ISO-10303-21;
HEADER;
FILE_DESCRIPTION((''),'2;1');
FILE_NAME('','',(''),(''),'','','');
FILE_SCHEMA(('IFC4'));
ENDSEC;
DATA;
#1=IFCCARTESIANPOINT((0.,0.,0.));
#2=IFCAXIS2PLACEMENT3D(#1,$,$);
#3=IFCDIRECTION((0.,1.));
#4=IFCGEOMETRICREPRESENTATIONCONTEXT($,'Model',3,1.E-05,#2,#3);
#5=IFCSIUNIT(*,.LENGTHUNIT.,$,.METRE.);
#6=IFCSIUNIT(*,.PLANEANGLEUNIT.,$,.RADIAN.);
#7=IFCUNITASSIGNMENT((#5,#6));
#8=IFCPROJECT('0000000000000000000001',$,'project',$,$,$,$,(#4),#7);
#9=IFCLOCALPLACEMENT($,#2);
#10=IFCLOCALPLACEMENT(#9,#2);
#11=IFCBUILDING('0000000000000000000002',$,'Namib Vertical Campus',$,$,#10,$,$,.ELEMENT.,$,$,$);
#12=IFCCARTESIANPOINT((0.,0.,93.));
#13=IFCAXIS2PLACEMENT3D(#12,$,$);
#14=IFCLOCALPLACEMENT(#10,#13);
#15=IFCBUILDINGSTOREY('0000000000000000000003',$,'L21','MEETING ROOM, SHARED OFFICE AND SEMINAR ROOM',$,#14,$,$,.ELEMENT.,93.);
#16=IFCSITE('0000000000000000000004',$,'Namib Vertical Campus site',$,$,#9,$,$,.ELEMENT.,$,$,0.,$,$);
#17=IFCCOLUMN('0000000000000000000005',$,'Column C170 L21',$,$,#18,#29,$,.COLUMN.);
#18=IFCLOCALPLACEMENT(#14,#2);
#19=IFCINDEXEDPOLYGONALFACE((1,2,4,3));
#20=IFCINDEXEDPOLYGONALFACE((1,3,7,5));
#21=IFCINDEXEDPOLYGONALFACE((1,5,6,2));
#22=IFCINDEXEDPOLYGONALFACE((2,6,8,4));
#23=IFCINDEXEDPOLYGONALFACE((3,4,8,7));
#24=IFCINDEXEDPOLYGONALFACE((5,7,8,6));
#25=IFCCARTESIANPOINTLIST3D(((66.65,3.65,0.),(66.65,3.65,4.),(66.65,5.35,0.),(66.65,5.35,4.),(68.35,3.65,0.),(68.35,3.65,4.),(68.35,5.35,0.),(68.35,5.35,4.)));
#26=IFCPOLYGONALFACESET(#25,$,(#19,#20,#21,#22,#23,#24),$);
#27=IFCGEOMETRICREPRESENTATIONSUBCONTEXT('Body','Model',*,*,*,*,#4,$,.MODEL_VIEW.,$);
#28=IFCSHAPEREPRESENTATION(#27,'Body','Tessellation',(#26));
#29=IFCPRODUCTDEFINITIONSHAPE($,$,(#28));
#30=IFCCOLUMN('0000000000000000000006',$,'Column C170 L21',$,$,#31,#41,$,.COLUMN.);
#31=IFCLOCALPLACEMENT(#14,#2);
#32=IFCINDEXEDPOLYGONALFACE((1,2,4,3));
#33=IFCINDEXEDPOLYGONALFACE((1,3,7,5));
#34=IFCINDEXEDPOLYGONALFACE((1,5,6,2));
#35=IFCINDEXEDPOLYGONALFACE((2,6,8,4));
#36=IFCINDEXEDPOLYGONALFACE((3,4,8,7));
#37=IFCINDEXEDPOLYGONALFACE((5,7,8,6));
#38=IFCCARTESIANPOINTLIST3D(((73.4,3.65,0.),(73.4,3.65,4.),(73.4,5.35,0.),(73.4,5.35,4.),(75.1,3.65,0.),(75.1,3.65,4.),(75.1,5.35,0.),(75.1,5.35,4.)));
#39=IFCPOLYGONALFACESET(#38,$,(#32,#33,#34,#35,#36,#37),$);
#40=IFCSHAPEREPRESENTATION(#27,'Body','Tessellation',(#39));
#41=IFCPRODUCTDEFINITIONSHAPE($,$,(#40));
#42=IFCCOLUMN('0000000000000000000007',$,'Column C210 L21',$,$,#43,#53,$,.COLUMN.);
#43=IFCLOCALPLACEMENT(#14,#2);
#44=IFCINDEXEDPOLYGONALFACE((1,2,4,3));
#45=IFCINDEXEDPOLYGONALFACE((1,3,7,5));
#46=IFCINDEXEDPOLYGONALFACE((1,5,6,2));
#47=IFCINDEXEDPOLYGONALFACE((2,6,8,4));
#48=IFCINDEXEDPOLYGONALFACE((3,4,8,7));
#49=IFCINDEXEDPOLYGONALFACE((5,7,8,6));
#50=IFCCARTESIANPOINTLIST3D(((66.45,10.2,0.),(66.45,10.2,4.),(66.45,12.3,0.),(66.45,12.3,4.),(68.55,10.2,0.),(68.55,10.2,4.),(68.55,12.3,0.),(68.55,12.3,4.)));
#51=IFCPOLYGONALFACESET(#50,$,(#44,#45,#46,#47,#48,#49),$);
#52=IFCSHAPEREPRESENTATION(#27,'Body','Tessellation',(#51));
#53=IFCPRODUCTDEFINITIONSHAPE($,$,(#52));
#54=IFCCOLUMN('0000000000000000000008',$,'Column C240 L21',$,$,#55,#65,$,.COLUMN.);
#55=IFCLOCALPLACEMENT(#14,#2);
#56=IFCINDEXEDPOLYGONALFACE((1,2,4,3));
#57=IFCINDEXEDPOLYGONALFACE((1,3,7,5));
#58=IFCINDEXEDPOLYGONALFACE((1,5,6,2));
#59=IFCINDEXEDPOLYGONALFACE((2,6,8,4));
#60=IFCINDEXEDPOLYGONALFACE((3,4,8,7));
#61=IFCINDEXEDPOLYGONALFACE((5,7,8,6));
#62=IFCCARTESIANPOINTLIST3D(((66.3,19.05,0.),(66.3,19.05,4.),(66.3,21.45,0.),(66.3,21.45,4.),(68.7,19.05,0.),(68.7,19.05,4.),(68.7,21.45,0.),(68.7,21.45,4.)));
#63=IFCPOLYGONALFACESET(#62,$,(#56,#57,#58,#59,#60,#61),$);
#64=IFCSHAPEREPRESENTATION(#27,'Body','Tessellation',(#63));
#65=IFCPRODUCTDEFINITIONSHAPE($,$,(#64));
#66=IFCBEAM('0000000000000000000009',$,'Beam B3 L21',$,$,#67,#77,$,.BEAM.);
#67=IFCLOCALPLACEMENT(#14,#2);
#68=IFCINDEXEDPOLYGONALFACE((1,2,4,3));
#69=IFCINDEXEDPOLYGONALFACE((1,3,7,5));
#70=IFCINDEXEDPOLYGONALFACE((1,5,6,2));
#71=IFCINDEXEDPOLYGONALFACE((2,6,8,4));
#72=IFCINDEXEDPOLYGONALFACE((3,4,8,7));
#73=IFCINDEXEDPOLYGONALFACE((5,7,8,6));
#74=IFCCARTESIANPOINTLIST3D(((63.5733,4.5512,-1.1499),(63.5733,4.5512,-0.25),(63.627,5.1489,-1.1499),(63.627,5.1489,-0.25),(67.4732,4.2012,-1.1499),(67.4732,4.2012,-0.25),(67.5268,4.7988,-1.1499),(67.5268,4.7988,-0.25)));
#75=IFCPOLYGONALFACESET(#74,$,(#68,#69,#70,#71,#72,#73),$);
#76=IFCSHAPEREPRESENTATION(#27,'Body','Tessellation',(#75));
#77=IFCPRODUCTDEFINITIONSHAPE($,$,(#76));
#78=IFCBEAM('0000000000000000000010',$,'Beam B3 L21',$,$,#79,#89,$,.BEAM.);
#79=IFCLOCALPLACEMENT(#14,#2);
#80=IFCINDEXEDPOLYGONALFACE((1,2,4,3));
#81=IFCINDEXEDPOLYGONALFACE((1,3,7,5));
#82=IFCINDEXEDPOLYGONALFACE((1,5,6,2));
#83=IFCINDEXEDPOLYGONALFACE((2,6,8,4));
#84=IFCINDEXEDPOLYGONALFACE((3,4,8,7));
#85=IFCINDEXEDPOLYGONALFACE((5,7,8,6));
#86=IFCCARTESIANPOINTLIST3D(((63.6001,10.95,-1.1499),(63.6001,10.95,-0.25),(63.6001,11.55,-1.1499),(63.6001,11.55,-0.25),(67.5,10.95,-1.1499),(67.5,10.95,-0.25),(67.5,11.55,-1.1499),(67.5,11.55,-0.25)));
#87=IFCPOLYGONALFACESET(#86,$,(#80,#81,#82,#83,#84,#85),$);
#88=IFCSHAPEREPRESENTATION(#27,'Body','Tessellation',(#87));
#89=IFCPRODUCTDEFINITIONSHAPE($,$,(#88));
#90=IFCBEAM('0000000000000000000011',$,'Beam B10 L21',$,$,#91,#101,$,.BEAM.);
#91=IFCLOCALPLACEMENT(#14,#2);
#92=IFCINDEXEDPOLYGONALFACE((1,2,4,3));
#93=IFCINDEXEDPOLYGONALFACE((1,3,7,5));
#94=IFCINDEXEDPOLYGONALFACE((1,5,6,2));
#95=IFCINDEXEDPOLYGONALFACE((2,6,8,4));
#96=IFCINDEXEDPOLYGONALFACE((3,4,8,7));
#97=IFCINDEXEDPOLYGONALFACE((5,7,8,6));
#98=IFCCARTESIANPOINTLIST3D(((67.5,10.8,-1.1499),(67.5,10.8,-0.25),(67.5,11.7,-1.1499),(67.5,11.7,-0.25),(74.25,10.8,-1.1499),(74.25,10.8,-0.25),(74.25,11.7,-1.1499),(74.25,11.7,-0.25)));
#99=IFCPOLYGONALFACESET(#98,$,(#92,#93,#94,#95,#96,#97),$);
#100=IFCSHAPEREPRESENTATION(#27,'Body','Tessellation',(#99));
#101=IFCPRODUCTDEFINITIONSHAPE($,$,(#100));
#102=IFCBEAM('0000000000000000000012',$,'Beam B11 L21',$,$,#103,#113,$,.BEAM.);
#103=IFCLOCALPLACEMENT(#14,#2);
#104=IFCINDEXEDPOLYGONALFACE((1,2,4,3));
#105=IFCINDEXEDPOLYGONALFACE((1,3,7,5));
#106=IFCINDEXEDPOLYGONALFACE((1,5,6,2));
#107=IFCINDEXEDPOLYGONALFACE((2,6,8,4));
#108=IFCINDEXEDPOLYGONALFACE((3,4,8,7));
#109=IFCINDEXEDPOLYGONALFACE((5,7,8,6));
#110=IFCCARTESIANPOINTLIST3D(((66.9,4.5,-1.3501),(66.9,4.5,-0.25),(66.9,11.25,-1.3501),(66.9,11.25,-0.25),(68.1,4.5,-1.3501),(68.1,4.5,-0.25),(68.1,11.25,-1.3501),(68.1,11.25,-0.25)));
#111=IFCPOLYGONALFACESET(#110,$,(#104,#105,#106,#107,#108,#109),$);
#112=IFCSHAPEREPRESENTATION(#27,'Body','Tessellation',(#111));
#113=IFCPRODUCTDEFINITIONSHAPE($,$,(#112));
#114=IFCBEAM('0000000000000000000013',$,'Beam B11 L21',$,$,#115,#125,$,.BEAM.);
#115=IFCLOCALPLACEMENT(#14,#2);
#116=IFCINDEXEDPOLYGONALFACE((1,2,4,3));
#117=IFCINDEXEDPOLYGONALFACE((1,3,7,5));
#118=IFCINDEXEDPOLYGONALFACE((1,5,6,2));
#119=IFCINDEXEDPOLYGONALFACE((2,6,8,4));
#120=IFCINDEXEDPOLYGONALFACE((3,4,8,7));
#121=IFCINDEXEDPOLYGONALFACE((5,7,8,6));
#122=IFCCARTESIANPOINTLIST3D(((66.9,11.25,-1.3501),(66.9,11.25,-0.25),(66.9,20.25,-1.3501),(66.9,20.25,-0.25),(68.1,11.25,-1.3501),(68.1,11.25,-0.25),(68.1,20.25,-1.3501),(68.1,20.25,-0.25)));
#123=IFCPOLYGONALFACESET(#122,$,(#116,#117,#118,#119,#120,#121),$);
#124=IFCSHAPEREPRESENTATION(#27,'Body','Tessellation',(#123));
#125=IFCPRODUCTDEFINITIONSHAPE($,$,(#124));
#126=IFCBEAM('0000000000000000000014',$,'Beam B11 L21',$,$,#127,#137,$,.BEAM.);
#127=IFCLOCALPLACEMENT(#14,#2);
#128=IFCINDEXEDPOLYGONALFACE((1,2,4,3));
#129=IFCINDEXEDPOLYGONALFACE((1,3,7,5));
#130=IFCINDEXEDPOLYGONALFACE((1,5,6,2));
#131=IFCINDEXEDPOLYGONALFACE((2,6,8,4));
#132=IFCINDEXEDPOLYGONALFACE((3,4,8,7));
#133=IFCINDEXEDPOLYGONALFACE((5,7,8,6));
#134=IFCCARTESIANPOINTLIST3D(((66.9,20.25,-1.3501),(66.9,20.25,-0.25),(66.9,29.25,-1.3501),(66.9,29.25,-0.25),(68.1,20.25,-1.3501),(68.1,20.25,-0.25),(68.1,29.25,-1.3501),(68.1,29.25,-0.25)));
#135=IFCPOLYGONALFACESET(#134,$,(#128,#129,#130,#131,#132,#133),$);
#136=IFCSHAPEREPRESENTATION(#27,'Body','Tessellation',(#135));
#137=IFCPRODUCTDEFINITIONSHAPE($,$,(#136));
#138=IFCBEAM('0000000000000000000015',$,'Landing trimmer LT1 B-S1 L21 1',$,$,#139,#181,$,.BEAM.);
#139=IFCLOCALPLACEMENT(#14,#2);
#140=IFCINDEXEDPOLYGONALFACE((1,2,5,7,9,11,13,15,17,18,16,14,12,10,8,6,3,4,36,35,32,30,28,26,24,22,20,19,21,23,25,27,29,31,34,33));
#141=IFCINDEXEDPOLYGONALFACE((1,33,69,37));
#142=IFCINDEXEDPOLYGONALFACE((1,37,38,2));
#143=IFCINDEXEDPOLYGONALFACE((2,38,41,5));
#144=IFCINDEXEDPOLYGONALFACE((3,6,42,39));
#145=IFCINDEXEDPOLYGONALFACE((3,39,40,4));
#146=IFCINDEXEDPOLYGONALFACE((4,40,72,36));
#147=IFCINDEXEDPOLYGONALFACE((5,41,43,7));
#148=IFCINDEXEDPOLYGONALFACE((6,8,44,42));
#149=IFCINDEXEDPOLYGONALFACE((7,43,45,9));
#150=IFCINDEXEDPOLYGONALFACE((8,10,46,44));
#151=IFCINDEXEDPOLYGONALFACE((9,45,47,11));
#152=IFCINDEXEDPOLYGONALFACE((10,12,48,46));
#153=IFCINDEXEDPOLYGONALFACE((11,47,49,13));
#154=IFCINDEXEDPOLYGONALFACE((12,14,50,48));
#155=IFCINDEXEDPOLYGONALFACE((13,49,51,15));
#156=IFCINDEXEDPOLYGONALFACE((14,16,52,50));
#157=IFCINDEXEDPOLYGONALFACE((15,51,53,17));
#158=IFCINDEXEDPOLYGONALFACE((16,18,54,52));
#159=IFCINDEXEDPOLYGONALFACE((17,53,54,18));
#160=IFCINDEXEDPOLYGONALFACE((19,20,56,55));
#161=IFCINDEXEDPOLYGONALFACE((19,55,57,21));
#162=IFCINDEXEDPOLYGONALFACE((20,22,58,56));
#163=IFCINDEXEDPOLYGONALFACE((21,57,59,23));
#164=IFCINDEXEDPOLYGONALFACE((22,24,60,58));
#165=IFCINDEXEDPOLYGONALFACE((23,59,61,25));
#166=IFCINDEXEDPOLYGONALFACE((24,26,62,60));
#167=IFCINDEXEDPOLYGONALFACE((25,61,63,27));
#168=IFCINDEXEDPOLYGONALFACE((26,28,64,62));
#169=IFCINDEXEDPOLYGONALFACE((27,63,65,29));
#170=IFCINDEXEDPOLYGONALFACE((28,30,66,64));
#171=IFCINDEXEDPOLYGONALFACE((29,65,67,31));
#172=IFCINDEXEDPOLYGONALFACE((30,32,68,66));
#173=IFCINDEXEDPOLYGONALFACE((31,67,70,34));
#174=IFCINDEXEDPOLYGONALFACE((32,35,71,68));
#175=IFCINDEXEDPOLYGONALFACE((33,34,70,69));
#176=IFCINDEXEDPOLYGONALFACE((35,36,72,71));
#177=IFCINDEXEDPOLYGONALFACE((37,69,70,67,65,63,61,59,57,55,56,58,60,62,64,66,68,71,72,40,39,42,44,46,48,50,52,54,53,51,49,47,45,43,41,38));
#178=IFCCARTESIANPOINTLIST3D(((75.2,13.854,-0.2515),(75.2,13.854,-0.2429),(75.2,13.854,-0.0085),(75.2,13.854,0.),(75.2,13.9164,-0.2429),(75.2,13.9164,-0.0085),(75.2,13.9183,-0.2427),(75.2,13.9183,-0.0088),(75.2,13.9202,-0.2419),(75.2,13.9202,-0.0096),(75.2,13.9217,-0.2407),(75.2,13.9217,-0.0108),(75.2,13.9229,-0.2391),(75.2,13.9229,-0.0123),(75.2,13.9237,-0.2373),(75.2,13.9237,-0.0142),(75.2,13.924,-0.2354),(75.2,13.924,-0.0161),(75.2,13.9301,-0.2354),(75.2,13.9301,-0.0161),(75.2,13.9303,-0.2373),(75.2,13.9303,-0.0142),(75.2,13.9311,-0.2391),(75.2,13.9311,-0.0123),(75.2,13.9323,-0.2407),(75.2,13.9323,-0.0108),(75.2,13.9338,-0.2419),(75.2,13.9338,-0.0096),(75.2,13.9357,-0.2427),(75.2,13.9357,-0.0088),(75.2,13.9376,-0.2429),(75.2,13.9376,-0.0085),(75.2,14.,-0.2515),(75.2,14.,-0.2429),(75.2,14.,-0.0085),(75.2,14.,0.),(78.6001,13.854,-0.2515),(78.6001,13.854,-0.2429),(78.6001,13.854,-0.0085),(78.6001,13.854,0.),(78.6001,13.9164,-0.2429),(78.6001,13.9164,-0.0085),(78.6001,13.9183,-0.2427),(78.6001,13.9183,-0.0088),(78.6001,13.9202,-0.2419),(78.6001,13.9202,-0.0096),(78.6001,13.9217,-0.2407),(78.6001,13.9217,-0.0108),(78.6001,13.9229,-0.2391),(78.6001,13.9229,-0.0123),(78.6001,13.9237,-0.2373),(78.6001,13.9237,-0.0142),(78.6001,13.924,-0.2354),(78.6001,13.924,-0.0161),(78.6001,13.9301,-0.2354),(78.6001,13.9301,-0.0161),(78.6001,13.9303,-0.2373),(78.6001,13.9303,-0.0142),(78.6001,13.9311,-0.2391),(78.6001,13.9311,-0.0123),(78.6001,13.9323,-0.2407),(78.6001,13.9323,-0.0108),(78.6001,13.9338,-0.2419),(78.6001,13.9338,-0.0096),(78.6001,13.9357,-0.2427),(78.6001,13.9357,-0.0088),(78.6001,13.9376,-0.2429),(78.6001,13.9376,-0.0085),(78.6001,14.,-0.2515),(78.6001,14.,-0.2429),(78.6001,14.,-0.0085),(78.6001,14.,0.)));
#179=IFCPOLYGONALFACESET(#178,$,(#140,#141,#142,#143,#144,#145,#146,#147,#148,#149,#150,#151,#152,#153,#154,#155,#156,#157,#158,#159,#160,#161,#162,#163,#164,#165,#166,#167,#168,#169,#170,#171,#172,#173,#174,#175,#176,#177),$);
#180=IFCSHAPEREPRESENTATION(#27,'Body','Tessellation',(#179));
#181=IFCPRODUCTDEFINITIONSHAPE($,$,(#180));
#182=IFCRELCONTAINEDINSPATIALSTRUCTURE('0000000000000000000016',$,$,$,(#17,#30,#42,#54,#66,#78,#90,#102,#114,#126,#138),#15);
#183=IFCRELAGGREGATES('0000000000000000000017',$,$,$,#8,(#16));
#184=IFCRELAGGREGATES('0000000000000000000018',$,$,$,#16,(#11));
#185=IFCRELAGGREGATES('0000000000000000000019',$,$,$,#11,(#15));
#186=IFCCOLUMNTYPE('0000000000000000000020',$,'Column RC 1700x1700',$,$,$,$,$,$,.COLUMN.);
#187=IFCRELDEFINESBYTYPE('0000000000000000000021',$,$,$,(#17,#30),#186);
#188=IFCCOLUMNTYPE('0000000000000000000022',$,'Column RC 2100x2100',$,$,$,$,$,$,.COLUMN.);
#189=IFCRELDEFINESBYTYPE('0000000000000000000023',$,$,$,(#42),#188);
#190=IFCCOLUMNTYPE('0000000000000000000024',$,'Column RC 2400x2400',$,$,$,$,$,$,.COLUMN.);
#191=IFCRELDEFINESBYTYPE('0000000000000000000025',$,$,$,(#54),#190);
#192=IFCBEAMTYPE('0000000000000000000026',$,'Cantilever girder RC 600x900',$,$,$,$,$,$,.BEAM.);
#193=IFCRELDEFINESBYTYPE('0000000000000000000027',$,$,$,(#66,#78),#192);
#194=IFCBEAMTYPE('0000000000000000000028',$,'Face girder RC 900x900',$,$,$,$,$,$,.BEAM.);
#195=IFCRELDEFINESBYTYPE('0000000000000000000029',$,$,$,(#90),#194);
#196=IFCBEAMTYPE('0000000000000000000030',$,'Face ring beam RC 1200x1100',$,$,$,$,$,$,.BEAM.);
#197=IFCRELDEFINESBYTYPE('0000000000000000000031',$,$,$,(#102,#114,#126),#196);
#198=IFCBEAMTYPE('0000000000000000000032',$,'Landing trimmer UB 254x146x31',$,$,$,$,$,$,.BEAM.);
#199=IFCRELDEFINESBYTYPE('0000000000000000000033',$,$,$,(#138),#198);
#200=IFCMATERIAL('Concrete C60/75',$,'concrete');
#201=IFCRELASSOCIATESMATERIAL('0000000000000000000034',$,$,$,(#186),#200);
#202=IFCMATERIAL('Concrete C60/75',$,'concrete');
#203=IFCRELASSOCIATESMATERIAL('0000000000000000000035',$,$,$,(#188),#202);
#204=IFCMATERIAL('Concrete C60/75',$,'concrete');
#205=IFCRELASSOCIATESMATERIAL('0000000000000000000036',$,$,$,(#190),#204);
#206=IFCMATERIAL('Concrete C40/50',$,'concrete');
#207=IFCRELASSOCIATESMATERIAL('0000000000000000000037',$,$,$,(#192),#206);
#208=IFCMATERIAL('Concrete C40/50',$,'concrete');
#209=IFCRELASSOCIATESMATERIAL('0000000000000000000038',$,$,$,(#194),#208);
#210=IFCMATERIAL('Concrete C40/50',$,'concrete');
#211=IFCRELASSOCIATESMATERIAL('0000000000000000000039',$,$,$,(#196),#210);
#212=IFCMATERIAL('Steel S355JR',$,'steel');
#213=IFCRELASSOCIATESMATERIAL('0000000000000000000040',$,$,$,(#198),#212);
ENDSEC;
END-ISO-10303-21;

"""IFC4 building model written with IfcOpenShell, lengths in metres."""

from ifc_helpers import new_model, si_unit, direction, frame, origin, origin_2d, place, context, subcontext, project, spatial, rectangle, i_section, extrude, material, material_profile, profile_set, type_object, element, save


model = new_model("IFC4")

# Units and contexts
model_context = context("Model", 3, precision=1e-05, world=origin(), true_north=direction((0.0, 1.0)))
body_context = subcontext(model_context, "Body", "Model", "MODEL_VIEW")
ifc_project = project(units=[si_unit("LENGTHUNIT", "METRE"), si_unit("PLANEANGLEUNIT", "RADIAN")], contexts=[model_context])

# Site, building, storey
site_placement = place(None, origin())
site = spatial("IfcSite", under=ifc_project, at=site_placement, Name="Namib Vertical Campus site", CompositionType="ELEMENT", RefElevation=0.0)
building_placement = place(site_placement, origin())
building = spatial("IfcBuilding", under=site, at=building_placement, Name="Namib Vertical Campus", CompositionType="ELEMENT")
storey_placement = place(building_placement, frame((0.0, 0.0, 93.0)))
storey = spatial("IfcBuildingStorey", under=building, at=storey_placement, Name="L21", Description="MEETING ROOM, SHARED OFFICE AND SEMINAR ROOM", CompositionType="ELEMENT", Elevation=93.0)

# Columns
ifc_material_1 = material(Name="Concrete C60/75", Category="concrete")
ifc_material_profile_1 = material_profile(ifc_material_1, rectangle(XDim=1.7, YDim=1.7, at=origin_2d()))
ifc_profile_set_1 = profile_set([ifc_material_profile_1], Name="Concrete C60/75")
column_type_1 = type_object("IfcColumnType", Name="Column RC 1700x1700", PredefinedType="COLUMN", material=ifc_profile_set_1)
for number, where, z_axis, x_axis, name in (
    (1, (67.5, 4.5, 0.0), (0.0, 0.0, 1.0), (1.0, 0.0, 0.0), "Column C170 L21"),
    (2, (74.25, 4.5, 0.0), (0.0, 0.0, 1.0), (1.0, 0.0, 0.0), "Column C170 L21"),
):
    element("IfcColumn", number, at=place(storey_placement, frame(where, z_axis=z_axis, x_axis=x_axis)), inside=storey, type_object=column_type_1, Name=name, PredefinedType="COLUMN", context=body_context, shape_type="SweptSolid", body=[
        extrude(rectangle(XDim=1.7, YDim=1.7, at=origin_2d()), origin(), (0.0, 0.0, 1.0), 4.0),
    ])
ifc_material_2 = material(Name="Concrete C60/75", Category="concrete")
ifc_material_profile_2 = material_profile(ifc_material_2, rectangle(XDim=2.1001, YDim=2.1001, at=origin_2d()))
ifc_profile_set_2 = profile_set([ifc_material_profile_2], Name="Concrete C60/75")
column_type_2 = type_object("IfcColumnType", Name="Column RC 2100x2100", PredefinedType="COLUMN", material=ifc_profile_set_2)
column_1_placement = place(storey_placement, frame((67.5, 11.25, 0.0), z_axis=(0.0, 0.0, 1.0), x_axis=(1.0, 0.0, 0.0)))
element("IfcColumn", 3, at=column_1_placement, inside=storey, type_object=column_type_2, Name="Column C210 L21", PredefinedType="COLUMN", context=body_context, shape_type="SweptSolid", body=[
    extrude(rectangle(XDim=2.1001, YDim=2.1001, at=origin_2d()), origin(), (0.0, 0.0, 1.0), 4.0),
])
ifc_material_3 = material(Name="Concrete C60/75", Category="concrete")
ifc_material_profile_3 = material_profile(ifc_material_3, rectangle(XDim=2.3999, YDim=2.3999, at=origin_2d()))
ifc_profile_set_3 = profile_set([ifc_material_profile_3], Name="Concrete C60/75")
column_type_3 = type_object("IfcColumnType", Name="Column RC 2400x2400", PredefinedType="COLUMN", material=ifc_profile_set_3)
column_2_placement = place(storey_placement, frame((67.5, 20.25, 0.0), z_axis=(0.0, 0.0, 1.0), x_axis=(1.0, 0.0, 0.0)))
element("IfcColumn", 4, at=column_2_placement, inside=storey, type_object=column_type_3, Name="Column C240 L21", PredefinedType="COLUMN", context=body_context, shape_type="SweptSolid", body=[
    extrude(rectangle(XDim=2.3999, YDim=2.3999, at=origin_2d()), origin(), (0.0, 0.0, 1.0), 4.0),
])

# Beams
ifc_material_4 = material(Name="Concrete C40/50", Category="concrete")
ifc_material_profile_4 = material_profile(ifc_material_4, rectangle(XDim=0.6001, YDim=0.8999, at=origin_2d()))
ifc_profile_set_4 = profile_set([ifc_material_profile_4], Name="Concrete C40/50")
beam_type_1 = type_object("IfcBeamType", Name="Cantilever girder RC 600x900", PredefinedType="BEAM", material=ifc_profile_set_4)
beam_1_placement = place(storey_placement, frame((67.5, 4.5, -0.7), z_axis=(-0.995995, 0.089411, 0.0), x_axis=(-0.089411, -0.995995, 0.0)))
element("IfcBeam", 5, at=beam_1_placement, inside=storey, type_object=beam_type_1, Name="Beam B3 L21", PredefinedType="BEAM", context=body_context, shape_type="SweptSolid", body=[
    extrude(rectangle(XDim=0.6001, YDim=0.8999, at=origin_2d()), origin(), (0.0, 0.0, 1.0), 3.9155),
])
beam_2_placement = place(storey_placement, frame((67.5, 11.25, -0.7), z_axis=(-1.0, 0.0, 0.0), x_axis=(0.0, -1.0, 0.0)))
element("IfcBeam", 6, at=beam_2_placement, inside=storey, type_object=beam_type_1, Name="Beam B3 L21", PredefinedType="BEAM", context=body_context, shape_type="SweptSolid", body=[
    extrude(rectangle(XDim=0.6001, YDim=0.8999, at=origin_2d()), origin(), (0.0, 0.0, 1.0), 3.8999),
])
ifc_material_5 = material(Name="Concrete C40/50", Category="concrete")
ifc_material_profile_5 = material_profile(ifc_material_5, rectangle(XDim=0.8999, YDim=0.8999, at=origin_2d()))
ifc_profile_set_5 = profile_set([ifc_material_profile_5], Name="Concrete C40/50")
beam_type_2 = type_object("IfcBeamType", Name="Face girder RC 900x900", PredefinedType="BEAM", material=ifc_profile_set_5)
beam_3_placement = place(storey_placement, frame((67.5, 11.25, -0.7), z_axis=(1.0, 0.0, 0.0), x_axis=(0.0, 1.0, 0.0)))
element("IfcBeam", 7, at=beam_3_placement, inside=storey, type_object=beam_type_2, Name="Beam B10 L21", PredefinedType="BEAM", context=body_context, shape_type="SweptSolid", body=[
    extrude(rectangle(XDim=0.8999, YDim=0.8999, at=origin_2d()), origin(), (0.0, 0.0, 1.0), 6.75),
])
ifc_material_6 = material(Name="Concrete C40/50", Category="concrete")
ifc_material_profile_6 = material_profile(ifc_material_6, rectangle(XDim=1.2, YDim=1.1001, at=origin_2d()))
ifc_profile_set_6 = profile_set([ifc_material_profile_6], Name="Concrete C40/50")
beam_type_3 = type_object("IfcBeamType", Name="Face ring beam RC 1200x1100", PredefinedType="BEAM", material=ifc_profile_set_6)
beam_4_placement = place(storey_placement, frame((67.5, 4.5, -0.8), z_axis=(0.0, 1.0, 0.0), x_axis=(-1.0, 0.0, 0.0)))
element("IfcBeam", 8, at=beam_4_placement, inside=storey, type_object=beam_type_3, Name="Beam B11 L21", PredefinedType="BEAM", context=body_context, shape_type="SweptSolid", body=[
    extrude(rectangle(XDim=1.2, YDim=1.1001, at=origin_2d()), origin(), (0.0, 0.0, 1.0), 6.75),
])
for number, where, z_axis, x_axis, name in (
    (9, (67.5, 11.25, -0.8), (0.0, 1.0, 0.0), (-1.0, 0.0, 0.0), "Beam B11 L21"),
    (10, (67.5, 20.25, -0.8), (0.0, 1.0, 0.0), (-1.0, 0.0, 0.0), "Beam B11 L21"),
):
    element("IfcBeam", number, at=place(storey_placement, frame(where, z_axis=z_axis, x_axis=x_axis)), inside=storey, type_object=beam_type_3, Name=name, PredefinedType="BEAM", context=body_context, shape_type="SweptSolid", body=[
        extrude(rectangle(XDim=1.2, YDim=1.1001, at=origin_2d()), origin(), (0.0, 0.0, 1.0), 9.0),
    ])
ifc_material_7 = material(Name="Steel S355JR", Category="steel")
ifc_material_profile_7 = material_profile(ifc_material_7, i_section(OverallWidth=0.146, OverallDepth=0.2515, WebThickness=0.0061, FlangeThickness=0.0085, FilletRadius=0.0076, at=origin_2d()))
ifc_profile_set_7 = profile_set([ifc_material_profile_7], Name="Steel S355JR")
beam_type_4 = type_object("IfcBeamType", Name="Landing trimmer UB 254x146x31", PredefinedType="BEAM", material=ifc_profile_set_7)
for number, where, z_axis, x_axis, name in (
    (11, (75.2, 13.927, -0.1257), (1.0, 0.0, 0.0), (0.0, 1.0, 0.0), "Landing trimmer LT1 B-S1 L21 1"),
):
    element("IfcBeam", number, at=place(storey_placement, frame(where, z_axis=z_axis, x_axis=x_axis)), inside=storey, type_object=beam_type_4, Name=name, PredefinedType="BEAM", context=body_context, shape_type="SweptSolid", body=[
        extrude(i_section(OverallWidth=0.146, OverallDepth=0.2515, WebThickness=0.0061, FlangeThickness=0.0085, FilletRadius=0.0076, at=origin_2d()), origin(), (0.0, 0.0, 1.0), 3.4001),
    ])

save(model, "model.ifc")
